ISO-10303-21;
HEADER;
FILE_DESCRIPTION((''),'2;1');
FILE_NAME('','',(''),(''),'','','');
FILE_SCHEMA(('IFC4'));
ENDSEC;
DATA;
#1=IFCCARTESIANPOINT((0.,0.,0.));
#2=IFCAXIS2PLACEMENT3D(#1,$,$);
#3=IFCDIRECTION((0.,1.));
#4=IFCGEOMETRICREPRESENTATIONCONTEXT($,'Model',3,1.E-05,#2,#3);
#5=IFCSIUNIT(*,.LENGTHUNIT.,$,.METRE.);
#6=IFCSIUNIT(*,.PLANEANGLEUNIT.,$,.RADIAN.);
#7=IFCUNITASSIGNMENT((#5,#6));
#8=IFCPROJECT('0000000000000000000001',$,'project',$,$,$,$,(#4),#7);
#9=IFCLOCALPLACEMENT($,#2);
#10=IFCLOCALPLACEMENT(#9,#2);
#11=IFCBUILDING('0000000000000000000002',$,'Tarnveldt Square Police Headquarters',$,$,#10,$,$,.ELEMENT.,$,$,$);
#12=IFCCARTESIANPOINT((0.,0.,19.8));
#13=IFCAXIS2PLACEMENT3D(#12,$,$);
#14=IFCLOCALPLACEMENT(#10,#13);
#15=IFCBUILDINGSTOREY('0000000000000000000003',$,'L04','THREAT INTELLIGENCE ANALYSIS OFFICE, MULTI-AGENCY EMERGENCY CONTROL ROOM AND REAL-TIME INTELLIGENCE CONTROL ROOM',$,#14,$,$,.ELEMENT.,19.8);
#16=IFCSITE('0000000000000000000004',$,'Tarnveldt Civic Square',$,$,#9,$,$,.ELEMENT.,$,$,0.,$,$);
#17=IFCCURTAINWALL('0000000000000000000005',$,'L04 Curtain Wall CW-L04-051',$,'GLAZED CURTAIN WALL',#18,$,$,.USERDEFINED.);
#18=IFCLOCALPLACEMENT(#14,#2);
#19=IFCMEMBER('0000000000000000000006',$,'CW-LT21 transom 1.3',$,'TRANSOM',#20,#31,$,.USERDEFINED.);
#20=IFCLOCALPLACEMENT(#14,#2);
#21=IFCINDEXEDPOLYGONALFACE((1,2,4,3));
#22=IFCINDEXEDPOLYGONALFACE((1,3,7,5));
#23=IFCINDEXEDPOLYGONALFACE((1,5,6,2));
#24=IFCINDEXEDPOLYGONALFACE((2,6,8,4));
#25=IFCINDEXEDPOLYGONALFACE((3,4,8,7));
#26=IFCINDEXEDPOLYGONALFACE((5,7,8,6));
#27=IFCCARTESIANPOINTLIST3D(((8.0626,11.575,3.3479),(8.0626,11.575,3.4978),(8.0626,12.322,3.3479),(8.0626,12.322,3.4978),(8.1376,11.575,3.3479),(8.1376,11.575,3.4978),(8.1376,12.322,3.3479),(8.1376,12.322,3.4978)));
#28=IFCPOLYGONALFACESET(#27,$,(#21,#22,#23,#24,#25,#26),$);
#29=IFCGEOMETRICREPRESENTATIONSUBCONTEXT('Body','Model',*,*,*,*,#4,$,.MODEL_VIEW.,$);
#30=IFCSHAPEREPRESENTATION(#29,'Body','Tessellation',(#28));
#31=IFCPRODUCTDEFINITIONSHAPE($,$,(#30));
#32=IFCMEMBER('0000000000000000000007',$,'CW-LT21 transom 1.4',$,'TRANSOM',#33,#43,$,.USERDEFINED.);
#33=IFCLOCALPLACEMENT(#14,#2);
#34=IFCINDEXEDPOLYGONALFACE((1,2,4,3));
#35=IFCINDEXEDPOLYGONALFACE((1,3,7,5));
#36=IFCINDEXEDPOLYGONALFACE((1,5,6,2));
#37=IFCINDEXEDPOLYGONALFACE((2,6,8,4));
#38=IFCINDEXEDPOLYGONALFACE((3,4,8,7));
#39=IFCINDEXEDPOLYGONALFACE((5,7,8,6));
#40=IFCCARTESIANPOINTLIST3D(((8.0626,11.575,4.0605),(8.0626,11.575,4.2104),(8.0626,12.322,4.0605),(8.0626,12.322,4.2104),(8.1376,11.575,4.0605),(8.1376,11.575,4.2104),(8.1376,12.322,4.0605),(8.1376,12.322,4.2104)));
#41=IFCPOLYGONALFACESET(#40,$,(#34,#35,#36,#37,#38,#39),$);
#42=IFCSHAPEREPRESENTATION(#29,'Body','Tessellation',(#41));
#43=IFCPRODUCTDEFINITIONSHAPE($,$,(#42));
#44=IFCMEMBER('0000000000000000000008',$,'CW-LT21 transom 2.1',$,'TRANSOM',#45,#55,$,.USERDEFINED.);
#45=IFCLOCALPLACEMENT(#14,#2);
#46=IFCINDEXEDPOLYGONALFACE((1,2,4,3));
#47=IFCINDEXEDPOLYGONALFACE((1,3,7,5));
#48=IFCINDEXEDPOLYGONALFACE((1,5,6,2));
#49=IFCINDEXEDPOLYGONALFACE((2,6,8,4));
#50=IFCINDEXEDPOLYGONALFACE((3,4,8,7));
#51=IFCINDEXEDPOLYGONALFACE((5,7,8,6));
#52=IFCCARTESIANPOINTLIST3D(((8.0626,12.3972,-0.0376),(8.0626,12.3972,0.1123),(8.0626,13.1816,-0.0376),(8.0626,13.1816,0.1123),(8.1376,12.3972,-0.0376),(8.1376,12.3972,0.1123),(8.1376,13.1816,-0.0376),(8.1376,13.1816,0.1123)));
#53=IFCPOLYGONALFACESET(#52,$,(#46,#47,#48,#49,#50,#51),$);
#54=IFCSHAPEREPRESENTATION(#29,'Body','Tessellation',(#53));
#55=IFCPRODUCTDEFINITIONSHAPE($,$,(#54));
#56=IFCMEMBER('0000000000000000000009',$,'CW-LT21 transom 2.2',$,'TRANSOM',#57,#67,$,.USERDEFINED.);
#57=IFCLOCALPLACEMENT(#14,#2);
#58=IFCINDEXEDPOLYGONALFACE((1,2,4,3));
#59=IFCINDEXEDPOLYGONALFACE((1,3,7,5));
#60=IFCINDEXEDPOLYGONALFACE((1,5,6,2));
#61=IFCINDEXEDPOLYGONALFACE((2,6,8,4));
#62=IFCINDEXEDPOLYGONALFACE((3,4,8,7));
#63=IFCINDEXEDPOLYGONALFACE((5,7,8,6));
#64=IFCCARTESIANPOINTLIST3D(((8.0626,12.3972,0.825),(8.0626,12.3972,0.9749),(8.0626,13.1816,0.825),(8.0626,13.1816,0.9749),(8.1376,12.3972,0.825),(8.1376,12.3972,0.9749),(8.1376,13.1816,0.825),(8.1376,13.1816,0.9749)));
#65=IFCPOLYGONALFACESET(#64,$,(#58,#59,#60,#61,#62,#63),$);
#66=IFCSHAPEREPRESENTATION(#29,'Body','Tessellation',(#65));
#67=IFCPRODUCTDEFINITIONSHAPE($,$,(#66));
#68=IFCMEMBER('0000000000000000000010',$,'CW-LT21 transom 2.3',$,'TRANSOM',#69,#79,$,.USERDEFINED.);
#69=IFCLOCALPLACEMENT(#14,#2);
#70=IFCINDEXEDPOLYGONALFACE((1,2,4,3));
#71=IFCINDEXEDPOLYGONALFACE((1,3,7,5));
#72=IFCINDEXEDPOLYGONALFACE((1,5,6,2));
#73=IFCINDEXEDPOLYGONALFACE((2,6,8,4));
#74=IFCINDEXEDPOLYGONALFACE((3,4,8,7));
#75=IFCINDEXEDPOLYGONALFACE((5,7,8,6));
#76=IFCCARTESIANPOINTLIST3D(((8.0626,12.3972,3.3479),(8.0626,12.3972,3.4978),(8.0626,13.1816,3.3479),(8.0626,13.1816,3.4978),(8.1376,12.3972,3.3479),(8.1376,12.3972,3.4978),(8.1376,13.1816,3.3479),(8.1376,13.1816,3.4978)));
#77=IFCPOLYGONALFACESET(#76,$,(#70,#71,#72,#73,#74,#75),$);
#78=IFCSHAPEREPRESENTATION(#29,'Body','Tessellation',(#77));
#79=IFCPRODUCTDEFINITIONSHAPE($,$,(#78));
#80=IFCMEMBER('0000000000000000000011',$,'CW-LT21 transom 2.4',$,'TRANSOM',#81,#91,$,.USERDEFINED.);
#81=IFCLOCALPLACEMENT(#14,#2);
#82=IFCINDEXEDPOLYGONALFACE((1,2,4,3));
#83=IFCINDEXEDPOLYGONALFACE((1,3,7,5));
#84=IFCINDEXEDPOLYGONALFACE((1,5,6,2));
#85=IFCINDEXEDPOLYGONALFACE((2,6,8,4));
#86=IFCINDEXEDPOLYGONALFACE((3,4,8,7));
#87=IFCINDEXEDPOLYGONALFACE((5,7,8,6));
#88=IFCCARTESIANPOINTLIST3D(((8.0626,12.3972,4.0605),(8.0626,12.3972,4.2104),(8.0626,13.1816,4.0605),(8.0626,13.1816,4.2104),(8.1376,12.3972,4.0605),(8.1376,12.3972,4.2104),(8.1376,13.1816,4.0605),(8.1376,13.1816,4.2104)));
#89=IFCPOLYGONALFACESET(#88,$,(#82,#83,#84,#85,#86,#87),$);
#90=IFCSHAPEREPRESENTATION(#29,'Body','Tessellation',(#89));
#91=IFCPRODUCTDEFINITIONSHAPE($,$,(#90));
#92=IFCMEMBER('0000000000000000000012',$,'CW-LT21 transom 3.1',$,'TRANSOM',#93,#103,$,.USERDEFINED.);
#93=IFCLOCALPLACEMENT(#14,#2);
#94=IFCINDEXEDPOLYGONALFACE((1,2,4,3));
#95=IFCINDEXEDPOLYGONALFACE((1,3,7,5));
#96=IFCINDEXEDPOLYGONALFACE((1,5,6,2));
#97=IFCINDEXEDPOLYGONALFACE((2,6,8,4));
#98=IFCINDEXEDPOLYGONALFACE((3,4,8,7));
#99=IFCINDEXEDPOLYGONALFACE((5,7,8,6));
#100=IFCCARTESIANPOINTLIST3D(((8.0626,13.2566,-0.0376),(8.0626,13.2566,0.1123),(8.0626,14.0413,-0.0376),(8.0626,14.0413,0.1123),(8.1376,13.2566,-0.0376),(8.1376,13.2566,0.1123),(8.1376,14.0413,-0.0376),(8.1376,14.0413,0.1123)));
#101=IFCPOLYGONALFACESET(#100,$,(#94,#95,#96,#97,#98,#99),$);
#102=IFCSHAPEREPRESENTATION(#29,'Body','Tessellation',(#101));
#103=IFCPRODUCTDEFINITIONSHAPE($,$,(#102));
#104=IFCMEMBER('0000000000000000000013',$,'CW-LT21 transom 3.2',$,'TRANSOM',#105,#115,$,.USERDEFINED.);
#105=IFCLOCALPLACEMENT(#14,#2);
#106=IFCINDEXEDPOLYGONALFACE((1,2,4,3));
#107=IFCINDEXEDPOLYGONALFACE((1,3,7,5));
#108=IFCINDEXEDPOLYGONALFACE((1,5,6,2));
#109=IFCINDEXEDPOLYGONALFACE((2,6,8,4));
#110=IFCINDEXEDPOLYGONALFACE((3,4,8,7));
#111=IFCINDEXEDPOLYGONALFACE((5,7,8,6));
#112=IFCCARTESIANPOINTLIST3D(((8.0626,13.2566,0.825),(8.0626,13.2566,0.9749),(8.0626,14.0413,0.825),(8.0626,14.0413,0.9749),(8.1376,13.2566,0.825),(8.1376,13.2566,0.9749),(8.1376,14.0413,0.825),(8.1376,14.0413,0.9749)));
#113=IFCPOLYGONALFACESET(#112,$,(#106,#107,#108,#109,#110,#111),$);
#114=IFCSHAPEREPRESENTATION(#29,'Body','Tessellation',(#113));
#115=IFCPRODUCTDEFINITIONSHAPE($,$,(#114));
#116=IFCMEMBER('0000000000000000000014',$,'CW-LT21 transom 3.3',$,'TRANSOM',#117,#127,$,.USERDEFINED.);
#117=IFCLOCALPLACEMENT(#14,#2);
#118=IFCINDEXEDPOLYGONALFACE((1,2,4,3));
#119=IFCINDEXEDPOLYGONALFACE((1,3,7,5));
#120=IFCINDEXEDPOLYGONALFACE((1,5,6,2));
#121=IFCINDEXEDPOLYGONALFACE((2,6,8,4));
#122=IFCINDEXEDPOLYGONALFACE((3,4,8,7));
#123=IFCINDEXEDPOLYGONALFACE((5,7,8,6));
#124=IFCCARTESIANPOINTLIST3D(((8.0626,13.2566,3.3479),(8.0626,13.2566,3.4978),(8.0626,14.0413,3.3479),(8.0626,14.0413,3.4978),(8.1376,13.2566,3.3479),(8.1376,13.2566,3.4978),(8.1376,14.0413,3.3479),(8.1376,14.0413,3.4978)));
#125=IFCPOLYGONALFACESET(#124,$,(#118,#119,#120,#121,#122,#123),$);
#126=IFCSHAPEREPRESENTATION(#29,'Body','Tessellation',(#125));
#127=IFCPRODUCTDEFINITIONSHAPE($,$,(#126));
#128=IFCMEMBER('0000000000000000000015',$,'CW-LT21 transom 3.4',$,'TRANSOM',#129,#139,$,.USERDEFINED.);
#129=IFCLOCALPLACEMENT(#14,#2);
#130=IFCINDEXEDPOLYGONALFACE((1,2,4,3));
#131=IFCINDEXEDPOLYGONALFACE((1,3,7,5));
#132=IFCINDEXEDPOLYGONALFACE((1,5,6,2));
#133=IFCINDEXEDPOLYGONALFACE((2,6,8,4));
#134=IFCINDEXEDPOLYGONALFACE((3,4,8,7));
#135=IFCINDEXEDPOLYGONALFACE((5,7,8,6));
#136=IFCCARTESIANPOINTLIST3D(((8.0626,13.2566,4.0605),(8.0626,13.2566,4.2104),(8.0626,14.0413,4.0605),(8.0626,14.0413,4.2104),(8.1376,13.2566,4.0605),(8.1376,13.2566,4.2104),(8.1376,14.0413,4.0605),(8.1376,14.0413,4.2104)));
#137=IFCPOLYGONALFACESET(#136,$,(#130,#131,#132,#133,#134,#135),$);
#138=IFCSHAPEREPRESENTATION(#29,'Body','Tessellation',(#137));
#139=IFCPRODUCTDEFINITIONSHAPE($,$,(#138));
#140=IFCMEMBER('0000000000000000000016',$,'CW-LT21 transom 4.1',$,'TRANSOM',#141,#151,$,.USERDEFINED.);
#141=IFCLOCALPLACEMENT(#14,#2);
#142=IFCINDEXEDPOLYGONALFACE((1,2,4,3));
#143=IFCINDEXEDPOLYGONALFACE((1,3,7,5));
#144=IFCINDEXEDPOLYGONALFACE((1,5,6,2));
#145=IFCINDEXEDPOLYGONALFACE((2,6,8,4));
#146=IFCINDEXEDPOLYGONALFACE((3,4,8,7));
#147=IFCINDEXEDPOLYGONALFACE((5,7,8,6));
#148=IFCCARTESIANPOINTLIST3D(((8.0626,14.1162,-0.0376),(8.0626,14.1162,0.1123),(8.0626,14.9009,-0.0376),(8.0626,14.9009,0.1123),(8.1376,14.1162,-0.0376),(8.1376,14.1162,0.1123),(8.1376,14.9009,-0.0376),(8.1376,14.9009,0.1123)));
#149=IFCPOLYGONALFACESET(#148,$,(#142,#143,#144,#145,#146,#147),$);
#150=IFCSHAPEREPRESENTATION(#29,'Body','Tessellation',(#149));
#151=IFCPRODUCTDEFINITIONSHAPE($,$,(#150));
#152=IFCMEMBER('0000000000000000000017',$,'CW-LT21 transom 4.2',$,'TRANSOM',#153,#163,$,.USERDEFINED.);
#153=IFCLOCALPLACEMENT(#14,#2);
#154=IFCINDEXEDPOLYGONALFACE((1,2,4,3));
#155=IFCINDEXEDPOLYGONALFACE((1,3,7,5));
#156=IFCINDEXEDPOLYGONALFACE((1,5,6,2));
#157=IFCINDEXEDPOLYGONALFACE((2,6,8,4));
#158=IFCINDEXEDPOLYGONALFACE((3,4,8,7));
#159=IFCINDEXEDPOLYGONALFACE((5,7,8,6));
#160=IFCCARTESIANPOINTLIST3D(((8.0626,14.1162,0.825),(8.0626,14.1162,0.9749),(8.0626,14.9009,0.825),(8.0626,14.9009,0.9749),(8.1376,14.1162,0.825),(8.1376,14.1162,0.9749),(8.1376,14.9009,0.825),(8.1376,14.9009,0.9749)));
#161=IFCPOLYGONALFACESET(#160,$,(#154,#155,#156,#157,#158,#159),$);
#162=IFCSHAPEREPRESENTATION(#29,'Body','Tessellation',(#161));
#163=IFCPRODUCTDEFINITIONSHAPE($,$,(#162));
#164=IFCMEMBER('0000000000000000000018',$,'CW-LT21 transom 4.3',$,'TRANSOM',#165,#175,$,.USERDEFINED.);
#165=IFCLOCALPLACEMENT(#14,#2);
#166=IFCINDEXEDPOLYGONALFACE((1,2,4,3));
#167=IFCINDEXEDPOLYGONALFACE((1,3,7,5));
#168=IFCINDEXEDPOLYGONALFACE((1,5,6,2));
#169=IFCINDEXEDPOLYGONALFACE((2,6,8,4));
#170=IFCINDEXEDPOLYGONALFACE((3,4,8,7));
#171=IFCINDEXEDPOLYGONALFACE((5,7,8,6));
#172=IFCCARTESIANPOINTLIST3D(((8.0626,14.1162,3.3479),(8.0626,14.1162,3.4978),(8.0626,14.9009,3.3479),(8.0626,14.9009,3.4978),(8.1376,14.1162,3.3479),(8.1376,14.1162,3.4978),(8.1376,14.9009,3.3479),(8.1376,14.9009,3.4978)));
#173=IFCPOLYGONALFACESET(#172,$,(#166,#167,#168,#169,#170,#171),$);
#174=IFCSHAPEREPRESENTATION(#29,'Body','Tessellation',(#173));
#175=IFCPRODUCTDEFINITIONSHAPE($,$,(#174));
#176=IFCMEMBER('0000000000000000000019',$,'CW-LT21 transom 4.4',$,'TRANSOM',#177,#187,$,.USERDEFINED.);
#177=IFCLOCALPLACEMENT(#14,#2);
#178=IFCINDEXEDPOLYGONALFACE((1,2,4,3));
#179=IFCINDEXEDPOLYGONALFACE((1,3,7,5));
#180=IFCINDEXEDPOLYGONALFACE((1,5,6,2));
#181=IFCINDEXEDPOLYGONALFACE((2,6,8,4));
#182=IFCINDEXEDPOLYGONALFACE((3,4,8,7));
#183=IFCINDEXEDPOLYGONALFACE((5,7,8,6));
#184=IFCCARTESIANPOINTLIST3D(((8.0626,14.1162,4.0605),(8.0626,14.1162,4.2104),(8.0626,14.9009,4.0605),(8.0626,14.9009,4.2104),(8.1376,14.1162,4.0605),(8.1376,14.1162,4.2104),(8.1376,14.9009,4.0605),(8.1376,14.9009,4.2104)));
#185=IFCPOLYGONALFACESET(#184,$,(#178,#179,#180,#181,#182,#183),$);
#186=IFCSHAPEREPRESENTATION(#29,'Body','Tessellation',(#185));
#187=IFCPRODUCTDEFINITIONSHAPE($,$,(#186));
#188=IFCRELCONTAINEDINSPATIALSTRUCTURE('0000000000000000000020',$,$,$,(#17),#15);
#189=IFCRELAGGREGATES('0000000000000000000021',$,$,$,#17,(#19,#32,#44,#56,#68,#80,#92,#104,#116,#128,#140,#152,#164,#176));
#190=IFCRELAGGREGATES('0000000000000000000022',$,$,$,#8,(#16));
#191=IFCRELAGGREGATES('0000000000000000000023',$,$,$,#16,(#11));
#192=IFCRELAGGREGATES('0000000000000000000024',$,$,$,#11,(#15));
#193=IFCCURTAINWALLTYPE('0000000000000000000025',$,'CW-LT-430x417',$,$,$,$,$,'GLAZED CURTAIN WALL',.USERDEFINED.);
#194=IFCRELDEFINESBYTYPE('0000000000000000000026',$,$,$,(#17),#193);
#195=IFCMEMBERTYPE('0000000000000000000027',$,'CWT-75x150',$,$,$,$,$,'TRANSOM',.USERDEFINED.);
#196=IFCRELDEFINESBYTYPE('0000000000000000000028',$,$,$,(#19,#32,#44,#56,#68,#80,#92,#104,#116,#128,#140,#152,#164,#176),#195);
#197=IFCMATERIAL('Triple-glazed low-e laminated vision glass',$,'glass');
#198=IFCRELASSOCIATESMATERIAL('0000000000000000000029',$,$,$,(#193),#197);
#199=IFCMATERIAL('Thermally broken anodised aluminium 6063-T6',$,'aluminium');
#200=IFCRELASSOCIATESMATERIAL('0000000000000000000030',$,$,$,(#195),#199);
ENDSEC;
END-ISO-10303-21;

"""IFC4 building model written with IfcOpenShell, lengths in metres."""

from ifc_helpers import new_model, si_unit, direction, frame, origin, origin_2d, place, context, subcontext, project, spatial, rectangle, extrude, material, material_profile, profile_set, type_object, element, aggregate, save


model = new_model("IFC4")

# Units and contexts
model_context = context("Model", 3, precision=1e-05, world=origin(), true_north=direction((0.0, 1.0)))
body_context = subcontext(model_context, "Body", "Model", "MODEL_VIEW")
ifc_project = project(units=[si_unit("LENGTHUNIT", "METRE"), si_unit("PLANEANGLEUNIT", "RADIAN")], contexts=[model_context])

# Site, building, storey
site_placement = place(None, origin())
site = spatial("IfcSite", under=ifc_project, at=site_placement, Name="Tarnveldt Civic Square", CompositionType="ELEMENT", RefElevation=0.0)
building_placement = place(site_placement, origin())
building = spatial("IfcBuilding", under=site, at=building_placement, Name="Tarnveldt Square Police Headquarters", CompositionType="ELEMENT")
storey_placement = place(building_placement, frame((0.0, 0.0, 19.8)))
storey = spatial("IfcBuildingStorey", under=building, at=storey_placement, Name="L04", Description="THREAT INTELLIGENCE ANALYSIS OFFICE, MULTI-AGENCY EMERGENCY CONTROL ROOM AND REAL-TIME INTELLIGENCE CONTROL ROOM", CompositionType="ELEMENT", Elevation=19.8)

# Shared definitions
ifc_material_1 = material(Name="Triple-glazed low-e laminated vision glass", Category="glass")
ifc_material_2 = material(Name="Thermally broken anodised aluminium 6063-T6", Category="aluminium")

# Curtain wall, members
curtain_wall_type_1 = type_object("IfcCurtainWallType", Name="CW-LT-430x417", ElementType="GLAZED CURTAIN WALL", PredefinedType="USERDEFINED", material=ifc_material_1)
curtain_wall_1_placement = place(storey_placement, origin())
curtain_wall_1 = element("IfcCurtainWall", 1, at=curtain_wall_1_placement, inside=storey, type_object=curtain_wall_type_1, Name="L04 Curtain Wall CW-L04-051", ObjectType="GLAZED CURTAIN WALL", PredefinedType="USERDEFINED")
ifc_material_profile_1 = material_profile(ifc_material_2, rectangle(XDim=0.075, YDim=0.1499, at=origin_2d()), Name="CW-T75x150")
ifc_profile_set_1 = profile_set([ifc_material_profile_1], Name="Thermally broken anodised aluminium 6063-T6")
member_type_1 = type_object("IfcMemberType", Name="CWT-75x150", ElementType="TRANSOM", PredefinedType="USERDEFINED", material=ifc_profile_set_1)
member_1_placement = place(storey_placement, frame((8.1001, 11.575, 3.4229), z_axis=(0.0, 1.0, 0.0), x_axis=(-1.0, 0.0, 0.0)))
member_1 = element("IfcMember", 2, at=member_1_placement, type_object=member_type_1, Name="CW-LT21 transom 1.3", ObjectType="TRANSOM", PredefinedType="USERDEFINED", context=body_context, shape_type="SweptSolid", body=[
    extrude(rectangle(XDim=0.075, YDim=0.1499, at=origin_2d()), origin(), (0.0, 0.0, 1.0), 0.7471),
])
member_2_placement = place(storey_placement, frame((8.1001, 11.575, 4.1355), z_axis=(0.0, 1.0, 0.0), x_axis=(-1.0, 0.0, 0.0)))
member_2 = element("IfcMember", 3, at=member_2_placement, type_object=member_type_1, Name="CW-LT21 transom 1.4", ObjectType="TRANSOM", PredefinedType="USERDEFINED", context=body_context, shape_type="SweptSolid", body=[
    extrude(rectangle(XDim=0.075, YDim=0.1499, at=origin_2d()), origin(), (0.0, 0.0, 1.0), 0.7471),
])
member_3_placement = place(storey_placement, frame((8.1001, 12.3972, 0.0374), z_axis=(0.0, 1.0, 0.0), x_axis=(-1.0, 0.0, 0.0)))
member_3 = element("IfcMember", 4, at=member_3_placement, type_object=member_type_1, Name="CW-LT21 transom 2.1", ObjectType="TRANSOM", PredefinedType="USERDEFINED", context=body_context, shape_type="SweptSolid", body=[
    extrude(rectangle(XDim=0.075, YDim=0.1499, at=origin_2d()), origin(), (0.0, 0.0, 1.0), 0.7844),
])
member_4_placement = place(storey_placement, frame((8.1001, 12.3972, 0.8999), z_axis=(0.0, 1.0, 0.0), x_axis=(-1.0, 0.0, 0.0)))
member_4 = element("IfcMember", 5, at=member_4_placement, type_object=member_type_1, Name="CW-LT21 transom 2.2", ObjectType="TRANSOM", PredefinedType="USERDEFINED", context=body_context, shape_type="SweptSolid", body=[
    extrude(rectangle(XDim=0.075, YDim=0.1499, at=origin_2d()), origin(), (0.0, 0.0, 1.0), 0.7844),
])
member_5_placement = place(storey_placement, frame((8.1001, 12.3972, 3.4229), z_axis=(0.0, 1.0, 0.0), x_axis=(-1.0, 0.0, 0.0)))
member_5 = element("IfcMember", 6, at=member_5_placement, type_object=member_type_1, Name="CW-LT21 transom 2.3", ObjectType="TRANSOM", PredefinedType="USERDEFINED", context=body_context, shape_type="SweptSolid", body=[
    extrude(rectangle(XDim=0.075, YDim=0.1499, at=origin_2d()), origin(), (0.0, 0.0, 1.0), 0.7844),
])
member_6_placement = place(storey_placement, frame((8.1001, 12.3972, 4.1355), z_axis=(0.0, 1.0, 0.0), x_axis=(-1.0, 0.0, 0.0)))
member_6 = element("IfcMember", 7, at=member_6_placement, type_object=member_type_1, Name="CW-LT21 transom 2.4", ObjectType="TRANSOM", PredefinedType="USERDEFINED", context=body_context, shape_type="SweptSolid", body=[
    extrude(rectangle(XDim=0.075, YDim=0.1499, at=origin_2d()), origin(), (0.0, 0.0, 1.0), 0.7844),
])
member_7_placement = place(storey_placement, frame((8.1001, 13.2566, 0.0374), z_axis=(0.0, 1.0, 0.0), x_axis=(-1.0, 0.0, 0.0)))
member_7 = element("IfcMember", 8, at=member_7_placement, type_object=member_type_1, Name="CW-LT21 transom 3.1", ObjectType="TRANSOM", PredefinedType="USERDEFINED", context=body_context, shape_type="SweptSolid", body=[
    extrude(rectangle(XDim=0.075, YDim=0.1499, at=origin_2d()), origin(), (0.0, 0.0, 1.0), 0.7847),
])
member_8_placement = place(storey_placement, frame((8.1001, 13.2566, 0.8999), z_axis=(0.0, 1.0, 0.0), x_axis=(-1.0, 0.0, 0.0)))
member_8 = element("IfcMember", 9, at=member_8_placement, type_object=member_type_1, Name="CW-LT21 transom 3.2", ObjectType="TRANSOM", PredefinedType="USERDEFINED", context=body_context, shape_type="SweptSolid", body=[
    extrude(rectangle(XDim=0.075, YDim=0.1499, at=origin_2d()), origin(), (0.0, 0.0, 1.0), 0.7847),
])
member_9_placement = place(storey_placement, frame((8.1001, 13.2566, 3.4229), z_axis=(0.0, 1.0, 0.0), x_axis=(-1.0, 0.0, 0.0)))
member_9 = element("IfcMember", 10, at=member_9_placement, type_object=member_type_1, Name="CW-LT21 transom 3.3", ObjectType="TRANSOM", PredefinedType="USERDEFINED", context=body_context, shape_type="SweptSolid", body=[
    extrude(rectangle(XDim=0.075, YDim=0.1499, at=origin_2d()), origin(), (0.0, 0.0, 1.0), 0.7847),
])
member_10_placement = place(storey_placement, frame((8.1001, 13.2566, 4.1355), z_axis=(0.0, 1.0, 0.0), x_axis=(-1.0, 0.0, 0.0)))
member_10 = element("IfcMember", 11, at=member_10_placement, type_object=member_type_1, Name="CW-LT21 transom 3.4", ObjectType="TRANSOM", PredefinedType="USERDEFINED", context=body_context, shape_type="SweptSolid", body=[
    extrude(rectangle(XDim=0.075, YDim=0.1499, at=origin_2d()), origin(), (0.0, 0.0, 1.0), 0.7847),
])
member_11_placement = place(storey_placement, frame((8.1001, 14.1162, 0.0374), z_axis=(0.0, 1.0, 0.0), x_axis=(-1.0, 0.0, 0.0)))
member_11 = element("IfcMember", 12, at=member_11_placement, type_object=member_type_1, Name="CW-LT21 transom 4.1", ObjectType="TRANSOM", PredefinedType="USERDEFINED", context=body_context, shape_type="SweptSolid", body=[
    extrude(rectangle(XDim=0.075, YDim=0.1499, at=origin_2d()), origin(), (0.0, 0.0, 1.0), 0.7847),
])
member_12_placement = place(storey_placement, frame((8.1001, 14.1162, 0.8999), z_axis=(0.0, 1.0, 0.0), x_axis=(-1.0, 0.0, 0.0)))
member_12 = element("IfcMember", 13, at=member_12_placement, type_object=member_type_1, Name="CW-LT21 transom 4.2", ObjectType="TRANSOM", PredefinedType="USERDEFINED", context=body_context, shape_type="SweptSolid", body=[
    extrude(rectangle(XDim=0.075, YDim=0.1499, at=origin_2d()), origin(), (0.0, 0.0, 1.0), 0.7847),
])
member_13_placement = place(storey_placement, frame((8.1001, 14.1162, 3.4229), z_axis=(0.0, 1.0, 0.0), x_axis=(-1.0, 0.0, 0.0)))
member_13 = element("IfcMember", 14, at=member_13_placement, type_object=member_type_1, Name="CW-LT21 transom 4.3", ObjectType="TRANSOM", PredefinedType="USERDEFINED", context=body_context, shape_type="SweptSolid", body=[
    extrude(rectangle(XDim=0.075, YDim=0.1499, at=origin_2d()), origin(), (0.0, 0.0, 1.0), 0.7847),
])
member_14_placement = place(storey_placement, frame((8.1001, 14.1162, 4.1355), z_axis=(0.0, 1.0, 0.0), x_axis=(-1.0, 0.0, 0.0)))
member_14 = element("IfcMember", 15, at=member_14_placement, type_object=member_type_1, Name="CW-LT21 transom 4.4", ObjectType="TRANSOM", PredefinedType="USERDEFINED", context=body_context, shape_type="SweptSolid", body=[
    extrude(rectangle(XDim=0.075, YDim=0.1499, at=origin_2d()), origin(), (0.0, 0.0, 1.0), 0.7847),
])

aggregate(curtain_wall_1, [member_1, member_2, member_3, member_4, member_5, member_6, member_7, member_8, member_9, member_10, member_11, member_12, member_13, member_14])

save(model, "model.ifc")
